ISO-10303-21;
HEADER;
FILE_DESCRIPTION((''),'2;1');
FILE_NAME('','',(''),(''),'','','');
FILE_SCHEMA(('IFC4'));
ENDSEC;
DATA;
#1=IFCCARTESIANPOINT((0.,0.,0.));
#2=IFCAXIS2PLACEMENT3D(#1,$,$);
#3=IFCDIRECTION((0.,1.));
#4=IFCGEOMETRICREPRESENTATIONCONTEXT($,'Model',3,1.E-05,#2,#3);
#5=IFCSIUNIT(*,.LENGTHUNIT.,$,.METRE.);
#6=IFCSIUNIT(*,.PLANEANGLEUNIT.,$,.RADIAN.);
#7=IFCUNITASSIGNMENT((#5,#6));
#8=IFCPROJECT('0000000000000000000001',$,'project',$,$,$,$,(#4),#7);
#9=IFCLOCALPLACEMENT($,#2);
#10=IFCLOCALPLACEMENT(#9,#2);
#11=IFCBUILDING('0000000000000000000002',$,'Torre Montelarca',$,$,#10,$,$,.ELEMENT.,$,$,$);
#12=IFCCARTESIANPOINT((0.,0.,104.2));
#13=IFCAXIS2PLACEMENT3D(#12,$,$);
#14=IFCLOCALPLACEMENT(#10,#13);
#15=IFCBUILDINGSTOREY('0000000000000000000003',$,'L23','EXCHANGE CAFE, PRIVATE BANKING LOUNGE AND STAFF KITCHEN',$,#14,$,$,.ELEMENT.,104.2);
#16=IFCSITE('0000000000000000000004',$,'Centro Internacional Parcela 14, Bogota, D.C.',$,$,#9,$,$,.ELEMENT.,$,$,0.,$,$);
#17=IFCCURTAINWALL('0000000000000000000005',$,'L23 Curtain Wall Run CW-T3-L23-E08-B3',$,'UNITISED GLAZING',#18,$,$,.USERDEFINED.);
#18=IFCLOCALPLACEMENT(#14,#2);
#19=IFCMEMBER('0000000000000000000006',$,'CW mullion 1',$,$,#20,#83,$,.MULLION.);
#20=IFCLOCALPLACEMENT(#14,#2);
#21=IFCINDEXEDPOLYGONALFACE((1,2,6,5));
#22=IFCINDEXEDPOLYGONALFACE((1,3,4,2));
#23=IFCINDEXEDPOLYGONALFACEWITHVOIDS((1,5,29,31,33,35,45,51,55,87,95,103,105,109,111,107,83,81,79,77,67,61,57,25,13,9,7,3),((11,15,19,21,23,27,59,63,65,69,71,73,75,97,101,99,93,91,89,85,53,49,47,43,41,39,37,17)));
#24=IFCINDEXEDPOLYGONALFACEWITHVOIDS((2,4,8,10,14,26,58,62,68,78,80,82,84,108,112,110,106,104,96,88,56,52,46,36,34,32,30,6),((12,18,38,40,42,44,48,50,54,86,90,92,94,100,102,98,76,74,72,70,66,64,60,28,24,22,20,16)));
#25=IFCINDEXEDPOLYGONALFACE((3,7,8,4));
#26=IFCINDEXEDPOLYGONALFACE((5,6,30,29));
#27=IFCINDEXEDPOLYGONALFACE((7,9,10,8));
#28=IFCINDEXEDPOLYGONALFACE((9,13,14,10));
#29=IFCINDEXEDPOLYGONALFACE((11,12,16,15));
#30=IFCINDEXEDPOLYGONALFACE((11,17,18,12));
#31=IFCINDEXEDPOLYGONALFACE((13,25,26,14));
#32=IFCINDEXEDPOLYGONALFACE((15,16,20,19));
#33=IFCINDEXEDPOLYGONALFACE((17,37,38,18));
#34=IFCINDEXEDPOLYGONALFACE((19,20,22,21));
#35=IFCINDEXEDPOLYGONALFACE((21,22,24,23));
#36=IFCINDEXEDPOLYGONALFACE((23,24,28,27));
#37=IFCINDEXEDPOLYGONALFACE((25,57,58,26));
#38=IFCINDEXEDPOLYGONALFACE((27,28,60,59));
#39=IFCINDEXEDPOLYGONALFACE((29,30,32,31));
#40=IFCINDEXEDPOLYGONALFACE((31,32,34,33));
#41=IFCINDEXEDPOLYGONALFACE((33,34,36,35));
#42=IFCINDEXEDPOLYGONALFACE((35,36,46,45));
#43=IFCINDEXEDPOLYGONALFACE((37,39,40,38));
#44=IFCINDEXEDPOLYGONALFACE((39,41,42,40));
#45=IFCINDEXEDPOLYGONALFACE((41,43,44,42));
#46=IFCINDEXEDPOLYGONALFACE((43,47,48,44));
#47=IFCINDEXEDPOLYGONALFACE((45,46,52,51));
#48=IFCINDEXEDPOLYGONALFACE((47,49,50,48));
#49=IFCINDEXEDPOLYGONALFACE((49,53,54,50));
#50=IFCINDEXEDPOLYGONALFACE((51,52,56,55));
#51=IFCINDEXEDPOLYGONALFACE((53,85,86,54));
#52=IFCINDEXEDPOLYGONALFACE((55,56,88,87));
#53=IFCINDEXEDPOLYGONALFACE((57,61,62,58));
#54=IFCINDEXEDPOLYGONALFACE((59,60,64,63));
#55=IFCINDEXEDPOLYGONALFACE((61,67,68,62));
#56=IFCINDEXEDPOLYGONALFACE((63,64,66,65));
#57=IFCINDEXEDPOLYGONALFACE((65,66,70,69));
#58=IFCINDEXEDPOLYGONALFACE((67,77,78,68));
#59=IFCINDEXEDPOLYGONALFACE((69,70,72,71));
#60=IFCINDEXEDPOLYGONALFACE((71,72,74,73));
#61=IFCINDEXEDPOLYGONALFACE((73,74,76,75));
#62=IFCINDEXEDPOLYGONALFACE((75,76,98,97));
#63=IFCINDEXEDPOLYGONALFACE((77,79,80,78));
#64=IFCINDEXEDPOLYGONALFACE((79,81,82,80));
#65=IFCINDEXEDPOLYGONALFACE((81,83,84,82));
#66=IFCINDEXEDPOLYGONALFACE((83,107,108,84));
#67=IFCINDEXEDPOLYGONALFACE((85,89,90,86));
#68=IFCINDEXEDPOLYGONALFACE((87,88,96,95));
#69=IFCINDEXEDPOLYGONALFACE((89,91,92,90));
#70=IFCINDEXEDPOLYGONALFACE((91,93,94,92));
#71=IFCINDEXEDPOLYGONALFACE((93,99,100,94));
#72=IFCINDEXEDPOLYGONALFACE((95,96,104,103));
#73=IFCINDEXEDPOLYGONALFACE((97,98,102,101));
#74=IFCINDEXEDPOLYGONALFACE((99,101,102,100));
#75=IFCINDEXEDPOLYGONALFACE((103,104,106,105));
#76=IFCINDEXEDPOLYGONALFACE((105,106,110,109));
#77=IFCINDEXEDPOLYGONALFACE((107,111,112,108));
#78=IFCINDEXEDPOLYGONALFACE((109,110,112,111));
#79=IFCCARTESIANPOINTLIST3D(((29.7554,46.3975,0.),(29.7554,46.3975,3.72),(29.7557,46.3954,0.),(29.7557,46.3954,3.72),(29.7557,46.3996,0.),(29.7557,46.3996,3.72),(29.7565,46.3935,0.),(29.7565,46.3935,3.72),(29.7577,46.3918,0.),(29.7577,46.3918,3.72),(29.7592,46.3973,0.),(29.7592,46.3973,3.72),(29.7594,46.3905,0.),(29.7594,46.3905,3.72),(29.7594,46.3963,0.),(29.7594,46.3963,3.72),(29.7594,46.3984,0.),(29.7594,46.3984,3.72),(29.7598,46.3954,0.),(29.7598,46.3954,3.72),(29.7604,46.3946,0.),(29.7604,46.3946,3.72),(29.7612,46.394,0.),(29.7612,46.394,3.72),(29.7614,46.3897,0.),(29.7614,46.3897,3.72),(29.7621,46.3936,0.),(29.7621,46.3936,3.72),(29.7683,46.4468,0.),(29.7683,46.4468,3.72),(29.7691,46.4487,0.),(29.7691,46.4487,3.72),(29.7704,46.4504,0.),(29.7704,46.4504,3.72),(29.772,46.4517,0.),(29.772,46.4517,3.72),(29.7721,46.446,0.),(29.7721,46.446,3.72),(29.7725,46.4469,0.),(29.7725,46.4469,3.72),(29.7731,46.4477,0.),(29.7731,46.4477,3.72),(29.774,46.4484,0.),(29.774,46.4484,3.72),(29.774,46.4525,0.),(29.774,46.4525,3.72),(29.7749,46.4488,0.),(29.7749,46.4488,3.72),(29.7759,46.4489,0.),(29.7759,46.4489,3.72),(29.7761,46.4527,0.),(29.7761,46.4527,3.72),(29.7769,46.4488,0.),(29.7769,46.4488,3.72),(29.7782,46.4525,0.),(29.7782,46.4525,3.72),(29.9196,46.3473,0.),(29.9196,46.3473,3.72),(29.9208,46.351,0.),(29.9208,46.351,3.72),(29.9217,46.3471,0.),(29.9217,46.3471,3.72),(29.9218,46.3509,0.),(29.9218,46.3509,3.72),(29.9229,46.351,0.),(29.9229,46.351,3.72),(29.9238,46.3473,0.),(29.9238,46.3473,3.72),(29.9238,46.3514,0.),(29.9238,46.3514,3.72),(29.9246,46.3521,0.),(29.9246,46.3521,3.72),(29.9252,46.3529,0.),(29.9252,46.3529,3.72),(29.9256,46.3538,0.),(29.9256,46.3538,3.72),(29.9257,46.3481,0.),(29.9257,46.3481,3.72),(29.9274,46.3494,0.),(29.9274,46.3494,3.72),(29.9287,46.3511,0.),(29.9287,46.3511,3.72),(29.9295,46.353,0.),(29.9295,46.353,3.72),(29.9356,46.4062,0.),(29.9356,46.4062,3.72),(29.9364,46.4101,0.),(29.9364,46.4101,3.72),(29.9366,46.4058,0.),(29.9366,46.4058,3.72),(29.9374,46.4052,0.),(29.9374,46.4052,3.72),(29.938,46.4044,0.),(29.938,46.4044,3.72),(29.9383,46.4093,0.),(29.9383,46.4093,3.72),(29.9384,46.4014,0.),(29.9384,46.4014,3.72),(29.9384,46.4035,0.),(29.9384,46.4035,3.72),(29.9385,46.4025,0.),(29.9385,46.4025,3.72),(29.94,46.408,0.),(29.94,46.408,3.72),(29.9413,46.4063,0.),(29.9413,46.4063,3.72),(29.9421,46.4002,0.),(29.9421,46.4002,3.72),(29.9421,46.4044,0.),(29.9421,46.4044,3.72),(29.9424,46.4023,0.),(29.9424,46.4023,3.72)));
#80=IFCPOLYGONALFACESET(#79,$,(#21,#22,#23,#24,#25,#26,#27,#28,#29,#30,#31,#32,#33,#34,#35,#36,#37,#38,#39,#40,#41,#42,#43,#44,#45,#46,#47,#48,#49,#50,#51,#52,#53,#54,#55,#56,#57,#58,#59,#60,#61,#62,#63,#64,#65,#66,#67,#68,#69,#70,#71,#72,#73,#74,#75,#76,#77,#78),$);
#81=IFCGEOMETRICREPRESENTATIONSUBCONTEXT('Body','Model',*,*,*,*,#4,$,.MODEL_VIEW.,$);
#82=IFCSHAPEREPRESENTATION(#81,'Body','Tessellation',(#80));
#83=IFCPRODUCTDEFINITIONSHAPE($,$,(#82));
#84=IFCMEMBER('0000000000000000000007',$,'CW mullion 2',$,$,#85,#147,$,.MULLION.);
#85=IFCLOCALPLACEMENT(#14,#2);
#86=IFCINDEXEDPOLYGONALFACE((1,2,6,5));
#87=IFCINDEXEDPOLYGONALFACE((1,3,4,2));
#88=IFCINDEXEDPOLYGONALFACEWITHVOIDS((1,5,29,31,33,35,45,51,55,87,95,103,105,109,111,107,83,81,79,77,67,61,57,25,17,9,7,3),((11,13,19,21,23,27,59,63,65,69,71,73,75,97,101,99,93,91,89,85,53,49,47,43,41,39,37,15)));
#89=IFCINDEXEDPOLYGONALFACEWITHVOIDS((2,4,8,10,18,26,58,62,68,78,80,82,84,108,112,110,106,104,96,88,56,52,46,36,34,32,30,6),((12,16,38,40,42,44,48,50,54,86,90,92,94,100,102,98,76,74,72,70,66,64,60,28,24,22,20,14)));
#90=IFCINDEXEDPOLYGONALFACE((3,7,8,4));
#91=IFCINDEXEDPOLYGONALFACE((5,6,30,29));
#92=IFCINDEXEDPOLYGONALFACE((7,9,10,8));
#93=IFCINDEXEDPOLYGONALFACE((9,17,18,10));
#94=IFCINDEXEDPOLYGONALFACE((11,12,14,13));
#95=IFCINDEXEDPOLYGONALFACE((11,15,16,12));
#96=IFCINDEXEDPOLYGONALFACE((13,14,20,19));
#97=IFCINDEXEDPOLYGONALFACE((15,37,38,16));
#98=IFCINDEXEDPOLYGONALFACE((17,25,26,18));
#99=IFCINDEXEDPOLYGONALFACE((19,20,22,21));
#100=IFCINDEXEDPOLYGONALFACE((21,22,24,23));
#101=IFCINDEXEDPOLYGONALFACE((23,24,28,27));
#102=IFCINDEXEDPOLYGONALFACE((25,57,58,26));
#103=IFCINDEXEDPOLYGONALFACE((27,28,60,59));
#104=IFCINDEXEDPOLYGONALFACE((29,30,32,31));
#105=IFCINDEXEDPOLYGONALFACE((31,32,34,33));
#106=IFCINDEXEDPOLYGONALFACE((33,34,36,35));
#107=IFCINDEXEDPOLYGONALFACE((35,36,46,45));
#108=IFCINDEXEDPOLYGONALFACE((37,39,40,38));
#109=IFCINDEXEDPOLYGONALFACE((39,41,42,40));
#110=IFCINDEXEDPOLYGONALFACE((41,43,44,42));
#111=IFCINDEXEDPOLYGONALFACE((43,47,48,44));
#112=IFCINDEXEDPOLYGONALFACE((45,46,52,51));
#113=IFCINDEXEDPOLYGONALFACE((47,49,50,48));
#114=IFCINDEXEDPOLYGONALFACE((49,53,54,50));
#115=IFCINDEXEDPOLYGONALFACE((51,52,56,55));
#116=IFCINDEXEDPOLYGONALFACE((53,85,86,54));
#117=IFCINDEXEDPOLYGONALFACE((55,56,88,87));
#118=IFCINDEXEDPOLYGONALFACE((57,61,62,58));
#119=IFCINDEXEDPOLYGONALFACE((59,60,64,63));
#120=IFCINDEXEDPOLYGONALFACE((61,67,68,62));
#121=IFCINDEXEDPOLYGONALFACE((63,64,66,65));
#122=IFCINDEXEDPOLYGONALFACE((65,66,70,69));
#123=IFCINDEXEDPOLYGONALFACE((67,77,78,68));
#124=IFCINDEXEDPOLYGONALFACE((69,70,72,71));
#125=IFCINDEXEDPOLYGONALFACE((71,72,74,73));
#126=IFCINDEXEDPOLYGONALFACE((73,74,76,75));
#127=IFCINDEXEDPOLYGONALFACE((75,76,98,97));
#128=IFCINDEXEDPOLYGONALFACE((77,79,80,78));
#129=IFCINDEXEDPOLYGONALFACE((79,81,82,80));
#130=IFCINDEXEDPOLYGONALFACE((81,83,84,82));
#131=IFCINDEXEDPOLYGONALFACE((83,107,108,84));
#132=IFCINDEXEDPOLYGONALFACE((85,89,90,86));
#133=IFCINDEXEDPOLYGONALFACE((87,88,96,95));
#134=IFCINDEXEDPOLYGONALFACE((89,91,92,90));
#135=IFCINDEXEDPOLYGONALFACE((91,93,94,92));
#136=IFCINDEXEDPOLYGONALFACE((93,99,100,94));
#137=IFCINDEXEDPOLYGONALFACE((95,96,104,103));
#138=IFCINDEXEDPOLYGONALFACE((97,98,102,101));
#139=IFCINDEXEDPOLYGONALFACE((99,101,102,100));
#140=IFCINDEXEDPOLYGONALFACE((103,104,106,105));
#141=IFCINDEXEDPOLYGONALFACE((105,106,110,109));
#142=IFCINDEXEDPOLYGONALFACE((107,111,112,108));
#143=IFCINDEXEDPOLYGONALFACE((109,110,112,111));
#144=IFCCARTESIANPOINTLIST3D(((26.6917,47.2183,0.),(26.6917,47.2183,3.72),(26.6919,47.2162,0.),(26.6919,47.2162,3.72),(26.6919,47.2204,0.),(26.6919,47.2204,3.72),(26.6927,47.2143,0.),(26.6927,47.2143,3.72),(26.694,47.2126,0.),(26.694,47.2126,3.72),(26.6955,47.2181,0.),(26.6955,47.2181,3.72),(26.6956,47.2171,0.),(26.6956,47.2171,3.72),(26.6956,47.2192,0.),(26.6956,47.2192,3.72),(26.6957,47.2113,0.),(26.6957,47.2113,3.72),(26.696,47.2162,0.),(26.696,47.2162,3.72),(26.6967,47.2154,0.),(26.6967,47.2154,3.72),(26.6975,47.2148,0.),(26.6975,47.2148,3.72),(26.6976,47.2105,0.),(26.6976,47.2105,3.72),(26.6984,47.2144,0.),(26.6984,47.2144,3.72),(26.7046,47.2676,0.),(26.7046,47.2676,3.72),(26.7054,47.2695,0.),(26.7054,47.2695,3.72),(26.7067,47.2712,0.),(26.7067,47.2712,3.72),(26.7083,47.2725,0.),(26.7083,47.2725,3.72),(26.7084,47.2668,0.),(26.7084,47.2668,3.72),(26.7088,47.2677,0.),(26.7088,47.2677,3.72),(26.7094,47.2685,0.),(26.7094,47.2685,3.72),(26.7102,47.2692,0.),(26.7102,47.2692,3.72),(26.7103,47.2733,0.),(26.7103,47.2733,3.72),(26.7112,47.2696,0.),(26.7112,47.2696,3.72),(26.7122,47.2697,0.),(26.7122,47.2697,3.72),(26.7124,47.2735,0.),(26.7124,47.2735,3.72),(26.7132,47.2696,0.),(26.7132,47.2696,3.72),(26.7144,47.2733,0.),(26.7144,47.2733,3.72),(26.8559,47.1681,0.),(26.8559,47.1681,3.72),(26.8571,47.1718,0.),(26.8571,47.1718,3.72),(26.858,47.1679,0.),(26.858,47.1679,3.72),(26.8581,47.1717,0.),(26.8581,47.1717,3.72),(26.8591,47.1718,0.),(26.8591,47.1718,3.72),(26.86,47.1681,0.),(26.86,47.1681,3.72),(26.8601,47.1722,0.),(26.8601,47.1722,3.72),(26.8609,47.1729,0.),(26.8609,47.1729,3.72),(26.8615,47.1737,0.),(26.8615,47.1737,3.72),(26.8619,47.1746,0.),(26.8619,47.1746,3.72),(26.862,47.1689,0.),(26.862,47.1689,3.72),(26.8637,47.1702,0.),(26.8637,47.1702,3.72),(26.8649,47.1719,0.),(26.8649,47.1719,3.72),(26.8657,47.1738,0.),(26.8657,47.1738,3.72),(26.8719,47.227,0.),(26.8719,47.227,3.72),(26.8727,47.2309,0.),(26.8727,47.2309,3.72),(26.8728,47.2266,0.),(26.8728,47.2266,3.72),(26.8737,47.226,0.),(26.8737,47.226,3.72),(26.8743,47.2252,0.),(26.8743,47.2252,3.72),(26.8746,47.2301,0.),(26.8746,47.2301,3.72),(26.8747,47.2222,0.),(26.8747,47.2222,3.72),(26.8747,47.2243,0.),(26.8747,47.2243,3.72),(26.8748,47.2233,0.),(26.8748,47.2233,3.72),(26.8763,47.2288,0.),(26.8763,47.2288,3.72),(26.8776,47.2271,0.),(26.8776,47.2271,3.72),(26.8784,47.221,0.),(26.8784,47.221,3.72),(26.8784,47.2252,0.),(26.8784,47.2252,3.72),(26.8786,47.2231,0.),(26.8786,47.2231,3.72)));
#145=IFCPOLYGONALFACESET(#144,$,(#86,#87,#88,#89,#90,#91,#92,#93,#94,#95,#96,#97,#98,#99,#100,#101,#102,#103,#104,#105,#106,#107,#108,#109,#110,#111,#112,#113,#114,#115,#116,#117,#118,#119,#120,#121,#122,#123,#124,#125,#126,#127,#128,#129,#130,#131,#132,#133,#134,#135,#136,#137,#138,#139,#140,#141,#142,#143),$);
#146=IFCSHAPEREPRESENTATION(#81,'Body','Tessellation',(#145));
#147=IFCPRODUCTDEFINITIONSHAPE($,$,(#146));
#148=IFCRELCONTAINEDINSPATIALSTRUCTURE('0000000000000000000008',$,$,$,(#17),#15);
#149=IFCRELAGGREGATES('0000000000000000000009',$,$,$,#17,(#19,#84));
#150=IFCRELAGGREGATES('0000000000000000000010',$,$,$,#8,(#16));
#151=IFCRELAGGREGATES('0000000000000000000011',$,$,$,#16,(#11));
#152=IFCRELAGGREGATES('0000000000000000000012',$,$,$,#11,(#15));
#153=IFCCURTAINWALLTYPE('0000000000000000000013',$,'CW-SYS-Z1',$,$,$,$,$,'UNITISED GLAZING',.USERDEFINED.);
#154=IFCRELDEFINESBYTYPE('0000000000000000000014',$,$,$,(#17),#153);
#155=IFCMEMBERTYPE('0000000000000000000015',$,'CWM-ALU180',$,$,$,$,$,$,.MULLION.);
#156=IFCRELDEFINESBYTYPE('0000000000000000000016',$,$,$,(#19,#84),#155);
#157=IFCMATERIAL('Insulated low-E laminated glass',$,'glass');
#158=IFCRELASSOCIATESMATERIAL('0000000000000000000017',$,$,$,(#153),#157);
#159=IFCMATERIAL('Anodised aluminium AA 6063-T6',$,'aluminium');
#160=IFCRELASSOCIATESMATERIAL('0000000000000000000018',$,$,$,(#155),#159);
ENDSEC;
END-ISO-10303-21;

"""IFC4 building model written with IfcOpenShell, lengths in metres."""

from ifc_helpers import new_model, si_unit, direction, frame, origin, origin_2d, place, context, subcontext, project, spatial, hollow_rectangle, extrude, source, transform, mapped, material, material_profile, profile_set, type_object, element, aggregate, save


model = new_model("IFC4")

# Units and contexts
model_context = context("Model", 3, precision=1e-05, world=origin(), true_north=direction((0.0, 1.0)))
body_context = subcontext(model_context, "Body", "Model", "MODEL_VIEW")
ifc_project = project(units=[si_unit("LENGTHUNIT", "METRE"), si_unit("PLANEANGLEUNIT", "RADIAN")], contexts=[model_context])

# Site, building, storey
site_placement = place(None, origin())
site = spatial("IfcSite", under=ifc_project, at=site_placement, Name="Centro Internacional Parcela 14, Bogota, D.C.", CompositionType="ELEMENT", RefElevation=0.0)
building_placement = place(site_placement, origin())
building = spatial("IfcBuilding", under=site, at=building_placement, Name="Torre Montelarca", CompositionType="ELEMENT")
storey_placement = place(building_placement, frame((0.0, 0.0, 104.2)))
storey = spatial("IfcBuildingStorey", under=building, at=storey_placement, Name="L23", Description="EXCHANGE CAFE, PRIVATE BANKING LOUNGE AND STAFF KITCHEN", CompositionType="ELEMENT", Elevation=104.2)

# Curtain wall
ifc_material_1 = material(Name="Insulated low-E laminated glass", Category="glass")
curtain_wall_type = type_object("IfcCurtainWallType", Name="CW-SYS-Z1", ElementType="UNITISED GLAZING", PredefinedType="USERDEFINED", material=ifc_material_1)
ifc_material_2 = material(Name="Anodised aluminium AA 6063-T6", Category="aluminium")
curtain_wall_1_placement = place(storey_placement, origin())
curtain_wall_1 = element("IfcCurtainWall", 1, at=curtain_wall_1_placement, inside=storey, type_object=curtain_wall_type, Name="L23 Curtain Wall Run CW-T3-L23-E08-B3", ObjectType="UNITISED GLAZING", PredefinedType="USERDEFINED")

# Members
ifc_material_profile_1 = material_profile(ifc_material_2, hollow_rectangle(XDim=0.0649, YDim=0.1799, WallThickness=0.0039, InnerFilletRadius=0.0039, OuterFilletRadius=0.0081, at=origin_2d()), Name="ALU65X180X4", Category="aluminium")
ifc_profile_set_1 = profile_set([ifc_material_profile_1], Name="Anodised aluminium AA 6063-T6")
member_type_1 = type_object("IfcMemberType", Name="CWM-ALU180", PredefinedType="MULLION", material=ifc_profile_set_1)
shared_shape_1 = source(origin(), body_context, "Body", "SweptSolid", [
    extrude(hollow_rectangle(XDim=0.0649, YDim=0.1799, WallThickness=0.0039, InnerFilletRadius=0.0039, OuterFilletRadius=0.0081, at=origin_2d()), origin(), (0.0, 0.0, 1.0), 3.72),
])
member_1_placement = place(storey_placement, frame((29.8489, 46.3999, 0.0), z_axis=(0.0, 0.0, 1.0), x_axis=(-0.258821, -0.965925, 0.0)))
member_1 = element("IfcMember", 2, at=member_1_placement, type_object=member_type_1, Name="CW mullion 1", PredefinedType="MULLION", context=body_context, shape_type="MappedRepresentation", body=[
    mapped(shared_shape_1, transform((0.0, 0.0, 0.0), scale=1.0)),
])
member_2_placement = place(storey_placement, frame((26.7852, 47.2207, 0.0), z_axis=(0.0, 0.0, 1.0), x_axis=(-0.258821, -0.965925, 0.0)))
member_2 = element("IfcMember", 3, at=member_2_placement, type_object=member_type_1, Name="CW mullion 2", PredefinedType="MULLION", context=body_context, shape_type="MappedRepresentation", body=[
    mapped(shared_shape_1, transform((0.0, 0.0, 0.0), scale=1.0)),
])

aggregate(curtain_wall_1, [member_1, member_2])

save(model, "model.ifc")
